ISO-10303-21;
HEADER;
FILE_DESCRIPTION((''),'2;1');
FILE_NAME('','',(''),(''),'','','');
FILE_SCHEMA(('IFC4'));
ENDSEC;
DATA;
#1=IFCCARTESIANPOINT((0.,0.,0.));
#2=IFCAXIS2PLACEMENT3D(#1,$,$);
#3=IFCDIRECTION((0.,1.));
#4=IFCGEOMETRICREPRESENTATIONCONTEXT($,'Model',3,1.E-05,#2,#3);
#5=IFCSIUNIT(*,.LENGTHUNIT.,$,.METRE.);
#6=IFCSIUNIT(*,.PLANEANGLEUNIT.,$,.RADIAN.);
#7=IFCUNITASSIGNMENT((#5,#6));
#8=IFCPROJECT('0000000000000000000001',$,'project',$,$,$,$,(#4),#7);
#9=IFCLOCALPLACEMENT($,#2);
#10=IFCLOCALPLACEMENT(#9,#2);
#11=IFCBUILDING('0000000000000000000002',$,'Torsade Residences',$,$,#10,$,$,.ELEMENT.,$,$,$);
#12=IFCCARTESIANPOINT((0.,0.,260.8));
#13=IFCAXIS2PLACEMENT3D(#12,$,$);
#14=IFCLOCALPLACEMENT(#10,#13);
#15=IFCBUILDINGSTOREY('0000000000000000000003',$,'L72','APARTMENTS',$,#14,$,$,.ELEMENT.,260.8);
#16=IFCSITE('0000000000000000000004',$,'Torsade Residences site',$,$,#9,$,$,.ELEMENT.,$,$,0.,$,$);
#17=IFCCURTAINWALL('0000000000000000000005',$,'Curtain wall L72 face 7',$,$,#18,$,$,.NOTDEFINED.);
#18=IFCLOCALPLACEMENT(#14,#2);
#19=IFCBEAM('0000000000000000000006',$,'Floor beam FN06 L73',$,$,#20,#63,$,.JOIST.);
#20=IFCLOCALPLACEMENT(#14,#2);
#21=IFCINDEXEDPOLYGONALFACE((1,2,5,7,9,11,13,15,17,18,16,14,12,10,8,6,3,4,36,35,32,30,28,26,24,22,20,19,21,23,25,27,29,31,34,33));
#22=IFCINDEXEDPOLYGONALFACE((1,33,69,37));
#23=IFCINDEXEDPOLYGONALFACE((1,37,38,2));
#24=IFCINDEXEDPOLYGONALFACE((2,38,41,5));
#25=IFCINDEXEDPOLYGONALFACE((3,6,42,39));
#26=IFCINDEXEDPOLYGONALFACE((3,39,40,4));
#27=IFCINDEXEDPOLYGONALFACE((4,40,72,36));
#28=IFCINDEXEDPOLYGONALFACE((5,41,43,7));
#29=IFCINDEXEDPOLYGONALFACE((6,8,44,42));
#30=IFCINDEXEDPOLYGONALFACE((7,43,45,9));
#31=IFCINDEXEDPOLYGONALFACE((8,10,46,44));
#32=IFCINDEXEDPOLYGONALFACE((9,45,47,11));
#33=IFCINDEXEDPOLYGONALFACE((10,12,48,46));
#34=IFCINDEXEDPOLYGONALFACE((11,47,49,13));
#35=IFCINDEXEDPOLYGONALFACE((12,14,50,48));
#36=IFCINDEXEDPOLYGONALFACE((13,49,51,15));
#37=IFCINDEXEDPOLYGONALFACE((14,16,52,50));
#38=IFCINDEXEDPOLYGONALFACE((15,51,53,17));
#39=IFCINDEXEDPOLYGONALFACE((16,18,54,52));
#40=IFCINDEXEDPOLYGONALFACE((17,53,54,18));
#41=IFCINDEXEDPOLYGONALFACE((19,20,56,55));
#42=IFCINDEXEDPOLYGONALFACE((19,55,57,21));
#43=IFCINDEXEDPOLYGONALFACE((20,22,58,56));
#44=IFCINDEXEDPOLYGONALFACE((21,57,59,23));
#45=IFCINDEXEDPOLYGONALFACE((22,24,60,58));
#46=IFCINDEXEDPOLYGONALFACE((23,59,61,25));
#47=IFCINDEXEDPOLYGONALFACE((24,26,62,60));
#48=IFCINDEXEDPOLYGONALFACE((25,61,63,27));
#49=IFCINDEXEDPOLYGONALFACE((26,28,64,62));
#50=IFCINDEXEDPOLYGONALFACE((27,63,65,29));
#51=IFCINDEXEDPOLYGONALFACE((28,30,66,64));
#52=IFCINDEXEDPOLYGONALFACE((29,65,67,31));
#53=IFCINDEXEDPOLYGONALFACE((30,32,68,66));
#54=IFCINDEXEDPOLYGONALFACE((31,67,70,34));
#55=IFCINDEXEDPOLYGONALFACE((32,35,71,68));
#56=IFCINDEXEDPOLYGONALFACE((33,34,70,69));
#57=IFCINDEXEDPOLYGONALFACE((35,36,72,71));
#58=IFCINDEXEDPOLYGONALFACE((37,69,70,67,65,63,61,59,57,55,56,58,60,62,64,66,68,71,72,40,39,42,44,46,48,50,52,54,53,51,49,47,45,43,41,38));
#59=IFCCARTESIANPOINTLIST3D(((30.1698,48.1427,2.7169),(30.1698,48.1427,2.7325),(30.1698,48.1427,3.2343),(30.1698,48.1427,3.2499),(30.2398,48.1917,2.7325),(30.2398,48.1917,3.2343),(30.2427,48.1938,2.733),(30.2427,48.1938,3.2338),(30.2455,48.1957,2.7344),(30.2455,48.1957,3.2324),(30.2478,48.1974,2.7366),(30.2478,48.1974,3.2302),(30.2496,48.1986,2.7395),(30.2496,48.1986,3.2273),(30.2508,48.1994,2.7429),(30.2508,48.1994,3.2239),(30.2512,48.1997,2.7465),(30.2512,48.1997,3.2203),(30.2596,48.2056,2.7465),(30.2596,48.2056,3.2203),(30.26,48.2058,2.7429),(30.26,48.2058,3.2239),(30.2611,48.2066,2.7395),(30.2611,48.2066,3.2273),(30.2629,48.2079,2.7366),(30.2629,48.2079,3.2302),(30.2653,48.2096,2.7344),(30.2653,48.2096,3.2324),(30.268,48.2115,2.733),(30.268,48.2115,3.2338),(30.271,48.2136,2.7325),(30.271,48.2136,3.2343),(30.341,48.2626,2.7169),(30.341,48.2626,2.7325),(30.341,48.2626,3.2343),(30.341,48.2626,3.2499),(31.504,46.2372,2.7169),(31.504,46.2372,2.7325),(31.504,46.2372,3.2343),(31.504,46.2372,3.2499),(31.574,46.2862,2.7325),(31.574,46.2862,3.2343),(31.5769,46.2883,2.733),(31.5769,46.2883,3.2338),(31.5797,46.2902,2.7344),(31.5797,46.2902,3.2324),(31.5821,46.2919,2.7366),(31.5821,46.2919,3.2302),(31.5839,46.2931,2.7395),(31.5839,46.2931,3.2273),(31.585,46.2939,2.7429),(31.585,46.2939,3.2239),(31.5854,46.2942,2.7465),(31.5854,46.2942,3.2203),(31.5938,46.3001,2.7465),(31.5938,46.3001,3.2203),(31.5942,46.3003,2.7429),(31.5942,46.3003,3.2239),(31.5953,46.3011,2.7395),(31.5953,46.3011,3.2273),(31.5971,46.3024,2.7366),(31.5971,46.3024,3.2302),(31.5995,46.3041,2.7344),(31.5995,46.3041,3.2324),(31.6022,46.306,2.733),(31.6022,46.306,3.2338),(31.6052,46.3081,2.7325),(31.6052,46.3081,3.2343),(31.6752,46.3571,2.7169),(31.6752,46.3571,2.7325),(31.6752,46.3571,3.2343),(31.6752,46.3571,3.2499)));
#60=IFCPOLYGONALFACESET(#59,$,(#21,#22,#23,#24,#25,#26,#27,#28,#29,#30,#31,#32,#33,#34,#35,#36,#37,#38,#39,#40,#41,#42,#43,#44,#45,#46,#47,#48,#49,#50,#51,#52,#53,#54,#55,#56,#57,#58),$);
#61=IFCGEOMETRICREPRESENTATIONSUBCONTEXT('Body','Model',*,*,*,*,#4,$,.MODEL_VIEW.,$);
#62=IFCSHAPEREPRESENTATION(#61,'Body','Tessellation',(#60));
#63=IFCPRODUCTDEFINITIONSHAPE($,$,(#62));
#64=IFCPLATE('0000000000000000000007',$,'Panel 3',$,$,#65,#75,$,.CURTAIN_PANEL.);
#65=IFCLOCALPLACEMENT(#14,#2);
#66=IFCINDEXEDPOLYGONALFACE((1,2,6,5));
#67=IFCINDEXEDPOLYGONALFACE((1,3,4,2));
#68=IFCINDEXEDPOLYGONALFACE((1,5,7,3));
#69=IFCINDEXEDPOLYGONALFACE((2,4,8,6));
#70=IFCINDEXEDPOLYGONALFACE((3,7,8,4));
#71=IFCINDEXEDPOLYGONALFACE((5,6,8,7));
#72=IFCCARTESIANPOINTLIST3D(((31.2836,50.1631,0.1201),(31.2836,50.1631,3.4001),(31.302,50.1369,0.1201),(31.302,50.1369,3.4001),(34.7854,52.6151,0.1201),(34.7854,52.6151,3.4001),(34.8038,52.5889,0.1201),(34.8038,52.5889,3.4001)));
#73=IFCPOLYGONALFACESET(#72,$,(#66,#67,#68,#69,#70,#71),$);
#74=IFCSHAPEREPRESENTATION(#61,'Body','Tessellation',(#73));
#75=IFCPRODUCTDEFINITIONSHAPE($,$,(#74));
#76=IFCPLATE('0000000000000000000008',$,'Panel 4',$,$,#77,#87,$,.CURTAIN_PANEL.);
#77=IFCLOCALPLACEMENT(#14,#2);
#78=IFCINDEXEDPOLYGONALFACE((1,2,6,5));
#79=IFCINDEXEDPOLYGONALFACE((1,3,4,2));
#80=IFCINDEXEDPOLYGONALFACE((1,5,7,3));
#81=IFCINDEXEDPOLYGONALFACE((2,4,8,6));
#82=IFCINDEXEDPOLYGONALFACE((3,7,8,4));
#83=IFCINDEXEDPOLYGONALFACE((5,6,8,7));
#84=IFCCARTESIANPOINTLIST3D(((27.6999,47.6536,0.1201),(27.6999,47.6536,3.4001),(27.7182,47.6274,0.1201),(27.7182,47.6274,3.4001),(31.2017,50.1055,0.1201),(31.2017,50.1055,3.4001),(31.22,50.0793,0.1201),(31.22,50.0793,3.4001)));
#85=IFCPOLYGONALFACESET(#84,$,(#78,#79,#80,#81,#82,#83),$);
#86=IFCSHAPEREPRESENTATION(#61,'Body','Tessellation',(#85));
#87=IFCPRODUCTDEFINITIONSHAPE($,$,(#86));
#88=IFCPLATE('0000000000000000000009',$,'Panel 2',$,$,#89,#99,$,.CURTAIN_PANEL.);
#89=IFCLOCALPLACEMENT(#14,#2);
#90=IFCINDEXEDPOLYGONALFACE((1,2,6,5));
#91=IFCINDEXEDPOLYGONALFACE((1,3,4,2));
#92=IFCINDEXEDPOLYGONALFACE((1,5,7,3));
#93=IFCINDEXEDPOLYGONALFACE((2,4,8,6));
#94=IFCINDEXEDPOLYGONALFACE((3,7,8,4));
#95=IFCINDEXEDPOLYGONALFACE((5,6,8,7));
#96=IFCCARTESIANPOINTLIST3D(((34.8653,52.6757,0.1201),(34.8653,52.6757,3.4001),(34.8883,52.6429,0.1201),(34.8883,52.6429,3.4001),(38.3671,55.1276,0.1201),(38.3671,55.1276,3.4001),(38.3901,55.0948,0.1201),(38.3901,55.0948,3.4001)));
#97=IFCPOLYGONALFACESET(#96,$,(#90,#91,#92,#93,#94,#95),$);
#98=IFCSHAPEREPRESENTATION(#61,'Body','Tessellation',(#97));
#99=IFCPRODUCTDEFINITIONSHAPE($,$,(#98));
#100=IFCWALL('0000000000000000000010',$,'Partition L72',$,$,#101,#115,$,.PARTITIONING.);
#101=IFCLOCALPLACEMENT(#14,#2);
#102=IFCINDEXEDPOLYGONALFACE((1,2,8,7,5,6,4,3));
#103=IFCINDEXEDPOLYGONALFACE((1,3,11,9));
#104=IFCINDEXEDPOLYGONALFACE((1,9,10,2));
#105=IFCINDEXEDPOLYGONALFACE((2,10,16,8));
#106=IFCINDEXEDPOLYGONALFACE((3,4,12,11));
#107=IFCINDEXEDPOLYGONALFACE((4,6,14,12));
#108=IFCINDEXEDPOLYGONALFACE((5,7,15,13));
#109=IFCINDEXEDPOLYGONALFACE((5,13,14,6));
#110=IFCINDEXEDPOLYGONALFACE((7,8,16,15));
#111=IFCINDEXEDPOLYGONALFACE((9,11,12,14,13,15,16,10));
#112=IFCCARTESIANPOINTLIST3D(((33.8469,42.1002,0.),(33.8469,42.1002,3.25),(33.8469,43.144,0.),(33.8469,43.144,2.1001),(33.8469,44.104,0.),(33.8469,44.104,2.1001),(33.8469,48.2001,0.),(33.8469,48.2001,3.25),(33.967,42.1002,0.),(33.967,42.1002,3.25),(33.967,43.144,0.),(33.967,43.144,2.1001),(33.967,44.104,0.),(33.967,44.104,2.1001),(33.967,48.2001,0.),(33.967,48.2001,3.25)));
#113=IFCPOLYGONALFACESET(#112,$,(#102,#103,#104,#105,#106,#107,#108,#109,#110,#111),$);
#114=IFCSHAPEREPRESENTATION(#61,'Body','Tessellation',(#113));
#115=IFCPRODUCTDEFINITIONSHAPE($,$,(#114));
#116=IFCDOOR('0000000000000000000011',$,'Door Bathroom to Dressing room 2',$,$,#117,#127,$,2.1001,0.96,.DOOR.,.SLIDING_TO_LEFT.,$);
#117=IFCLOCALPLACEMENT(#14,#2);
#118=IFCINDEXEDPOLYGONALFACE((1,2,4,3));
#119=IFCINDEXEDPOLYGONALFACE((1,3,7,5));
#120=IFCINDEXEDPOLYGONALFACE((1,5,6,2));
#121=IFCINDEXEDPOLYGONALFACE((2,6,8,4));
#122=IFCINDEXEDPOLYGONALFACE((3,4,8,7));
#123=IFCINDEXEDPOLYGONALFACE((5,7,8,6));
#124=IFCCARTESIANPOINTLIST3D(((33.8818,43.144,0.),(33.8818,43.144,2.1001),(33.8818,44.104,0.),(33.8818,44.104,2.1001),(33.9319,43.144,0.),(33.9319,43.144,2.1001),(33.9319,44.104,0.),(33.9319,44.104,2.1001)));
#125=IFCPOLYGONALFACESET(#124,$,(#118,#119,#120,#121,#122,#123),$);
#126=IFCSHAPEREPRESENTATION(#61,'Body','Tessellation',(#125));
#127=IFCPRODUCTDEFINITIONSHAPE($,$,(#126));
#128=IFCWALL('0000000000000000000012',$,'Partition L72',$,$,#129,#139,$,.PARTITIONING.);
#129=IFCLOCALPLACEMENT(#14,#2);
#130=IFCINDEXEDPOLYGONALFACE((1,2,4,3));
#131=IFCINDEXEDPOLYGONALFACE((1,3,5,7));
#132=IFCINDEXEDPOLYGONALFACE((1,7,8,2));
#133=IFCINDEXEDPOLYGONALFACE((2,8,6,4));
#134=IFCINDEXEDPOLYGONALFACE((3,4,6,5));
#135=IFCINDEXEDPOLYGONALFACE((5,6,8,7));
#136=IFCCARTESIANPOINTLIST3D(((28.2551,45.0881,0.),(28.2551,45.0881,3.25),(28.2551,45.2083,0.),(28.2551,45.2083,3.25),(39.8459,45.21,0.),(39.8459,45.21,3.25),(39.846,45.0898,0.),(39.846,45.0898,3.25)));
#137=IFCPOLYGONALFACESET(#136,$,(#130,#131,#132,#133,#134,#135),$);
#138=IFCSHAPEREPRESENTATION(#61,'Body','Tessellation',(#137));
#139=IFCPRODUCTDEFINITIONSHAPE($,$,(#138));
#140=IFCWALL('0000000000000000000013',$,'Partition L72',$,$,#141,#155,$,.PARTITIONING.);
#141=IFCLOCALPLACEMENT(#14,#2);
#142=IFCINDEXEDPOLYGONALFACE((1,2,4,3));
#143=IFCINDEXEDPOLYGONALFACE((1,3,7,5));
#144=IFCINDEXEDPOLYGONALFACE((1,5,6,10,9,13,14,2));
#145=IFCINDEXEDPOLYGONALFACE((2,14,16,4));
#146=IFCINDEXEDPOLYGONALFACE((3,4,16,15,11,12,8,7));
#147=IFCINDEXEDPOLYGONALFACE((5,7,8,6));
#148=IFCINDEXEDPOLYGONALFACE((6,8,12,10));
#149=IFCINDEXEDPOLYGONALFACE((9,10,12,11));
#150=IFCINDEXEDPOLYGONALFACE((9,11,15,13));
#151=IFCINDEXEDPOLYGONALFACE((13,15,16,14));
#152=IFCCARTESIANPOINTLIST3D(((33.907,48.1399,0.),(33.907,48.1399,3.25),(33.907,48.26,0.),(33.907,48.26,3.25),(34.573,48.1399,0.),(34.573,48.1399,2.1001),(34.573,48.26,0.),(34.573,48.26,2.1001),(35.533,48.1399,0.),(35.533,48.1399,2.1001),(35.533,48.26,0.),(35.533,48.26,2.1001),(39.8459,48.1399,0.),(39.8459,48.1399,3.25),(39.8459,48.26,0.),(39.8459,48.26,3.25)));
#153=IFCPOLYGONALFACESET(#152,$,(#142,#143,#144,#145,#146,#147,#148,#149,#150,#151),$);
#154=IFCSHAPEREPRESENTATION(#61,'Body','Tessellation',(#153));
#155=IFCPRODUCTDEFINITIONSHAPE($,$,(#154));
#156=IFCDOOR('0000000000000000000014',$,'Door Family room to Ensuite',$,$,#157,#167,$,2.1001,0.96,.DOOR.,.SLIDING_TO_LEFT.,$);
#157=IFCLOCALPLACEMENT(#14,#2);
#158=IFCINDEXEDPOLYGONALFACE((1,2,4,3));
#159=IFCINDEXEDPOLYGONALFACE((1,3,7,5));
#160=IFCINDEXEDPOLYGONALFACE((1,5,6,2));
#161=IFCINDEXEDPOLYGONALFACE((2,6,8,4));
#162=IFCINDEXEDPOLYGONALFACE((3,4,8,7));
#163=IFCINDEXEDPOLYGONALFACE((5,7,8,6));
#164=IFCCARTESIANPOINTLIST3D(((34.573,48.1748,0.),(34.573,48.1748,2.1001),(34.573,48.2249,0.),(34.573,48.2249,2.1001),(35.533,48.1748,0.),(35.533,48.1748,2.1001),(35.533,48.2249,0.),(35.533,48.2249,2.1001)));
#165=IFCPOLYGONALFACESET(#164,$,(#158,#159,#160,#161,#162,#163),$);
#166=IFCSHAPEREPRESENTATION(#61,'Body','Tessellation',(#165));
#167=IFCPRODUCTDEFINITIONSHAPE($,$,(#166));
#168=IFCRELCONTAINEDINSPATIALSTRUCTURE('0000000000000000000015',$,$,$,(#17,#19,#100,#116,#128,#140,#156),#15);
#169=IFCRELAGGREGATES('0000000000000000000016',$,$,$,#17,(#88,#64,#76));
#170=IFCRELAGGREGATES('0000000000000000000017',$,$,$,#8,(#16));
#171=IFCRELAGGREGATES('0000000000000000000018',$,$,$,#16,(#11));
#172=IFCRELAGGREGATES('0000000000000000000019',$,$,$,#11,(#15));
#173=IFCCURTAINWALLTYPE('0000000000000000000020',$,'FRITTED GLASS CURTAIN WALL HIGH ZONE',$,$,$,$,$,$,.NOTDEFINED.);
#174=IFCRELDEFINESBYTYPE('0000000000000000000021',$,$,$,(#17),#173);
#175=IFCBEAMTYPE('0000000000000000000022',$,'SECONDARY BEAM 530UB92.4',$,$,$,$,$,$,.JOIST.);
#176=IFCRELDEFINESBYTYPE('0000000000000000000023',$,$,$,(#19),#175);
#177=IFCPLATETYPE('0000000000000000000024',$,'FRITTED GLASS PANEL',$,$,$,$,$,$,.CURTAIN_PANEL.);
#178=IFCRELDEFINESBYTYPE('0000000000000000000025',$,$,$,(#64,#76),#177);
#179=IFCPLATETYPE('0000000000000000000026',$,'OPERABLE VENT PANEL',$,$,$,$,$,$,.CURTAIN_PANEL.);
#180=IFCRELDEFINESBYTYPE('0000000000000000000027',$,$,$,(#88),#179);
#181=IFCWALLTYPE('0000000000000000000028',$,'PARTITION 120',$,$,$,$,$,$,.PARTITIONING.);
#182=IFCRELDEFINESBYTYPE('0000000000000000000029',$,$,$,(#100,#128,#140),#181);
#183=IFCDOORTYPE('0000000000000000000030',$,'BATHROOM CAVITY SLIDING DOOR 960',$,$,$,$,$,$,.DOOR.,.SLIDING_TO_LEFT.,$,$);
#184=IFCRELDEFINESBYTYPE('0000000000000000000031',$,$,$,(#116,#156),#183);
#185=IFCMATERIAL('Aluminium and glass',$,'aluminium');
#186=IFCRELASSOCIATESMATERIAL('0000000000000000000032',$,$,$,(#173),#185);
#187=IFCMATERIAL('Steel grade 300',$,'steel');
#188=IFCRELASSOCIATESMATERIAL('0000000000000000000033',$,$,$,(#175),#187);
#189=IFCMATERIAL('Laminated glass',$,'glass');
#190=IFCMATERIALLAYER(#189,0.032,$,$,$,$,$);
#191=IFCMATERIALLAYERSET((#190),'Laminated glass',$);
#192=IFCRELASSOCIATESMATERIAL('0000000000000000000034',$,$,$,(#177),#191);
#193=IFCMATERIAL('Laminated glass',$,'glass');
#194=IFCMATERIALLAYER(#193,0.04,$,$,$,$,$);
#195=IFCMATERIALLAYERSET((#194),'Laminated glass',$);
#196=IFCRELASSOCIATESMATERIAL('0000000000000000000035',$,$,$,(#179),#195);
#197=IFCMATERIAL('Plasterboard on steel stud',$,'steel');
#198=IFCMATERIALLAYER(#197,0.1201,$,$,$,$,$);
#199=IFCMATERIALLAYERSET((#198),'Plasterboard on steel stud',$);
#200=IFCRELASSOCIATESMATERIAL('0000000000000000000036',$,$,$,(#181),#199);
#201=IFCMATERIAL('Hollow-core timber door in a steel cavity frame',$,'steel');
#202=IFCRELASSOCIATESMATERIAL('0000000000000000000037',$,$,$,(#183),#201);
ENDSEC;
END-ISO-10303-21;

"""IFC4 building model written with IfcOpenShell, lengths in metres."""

from ifc_helpers import new_model, si_unit, direction, frame, frame_2d, origin, origin_2d, place, context, subcontext, project, spatial, rectangle, i_section, extrude, material, layer, layer_set, material_profile, profile_set, type_object, element, fill, aggregate, save


model = new_model("IFC4")

# Units and contexts
model_context = context("Model", 3, precision=1e-05, world=origin(), true_north=direction((0.0, 1.0)))
body_context = subcontext(model_context, "Body", "Model", "MODEL_VIEW")
ifc_project = project(units=[si_unit("LENGTHUNIT", "METRE"), si_unit("PLANEANGLEUNIT", "RADIAN")], contexts=[model_context])

# Site, building, storey
site_placement = place(None, origin())
site = spatial("IfcSite", under=ifc_project, at=site_placement, Name="Torsade Residences site", CompositionType="ELEMENT", RefElevation=0.0)
building_placement = place(site_placement, origin())
building = spatial("IfcBuilding", under=site, at=building_placement, Name="Torsade Residences", CompositionType="ELEMENT")
storey_placement = place(building_placement, frame((0.0, 0.0, 260.8)))
storey = spatial("IfcBuildingStorey", under=building, at=storey_placement, Name="L72", Description="APARTMENTS", CompositionType="ELEMENT", Elevation=260.8)

# Curtain wall
ifc_material_1 = material(Name="Aluminium and glass", Category="aluminium")
curtain_wall_type = type_object("IfcCurtainWallType", Name="FRITTED GLASS CURTAIN WALL HIGH ZONE", PredefinedType="NOTDEFINED", material=ifc_material_1)
curtain_wall_placement = place(storey_placement, origin())
curtain_wall = element("IfcCurtainWall", 1, at=curtain_wall_placement, inside=storey, type_object=curtain_wall_type, Name="Curtain wall L72 face 7", PredefinedType="NOTDEFINED")

# Beam
ifc_material_2 = material(Name="Steel grade 300", Category="steel")
ifc_material_profile_1 = material_profile(ifc_material_2, i_section(OverallWidth=0.209, OverallDepth=0.533, WebThickness=0.0103, FlangeThickness=0.0156, FilletRadius=0.0139, at=origin_2d()), Name="530UB92.4")
ifc_profile_set_1 = profile_set([ifc_material_profile_1], Name="Steel grade 300")
beam_type_1 = type_object("IfcBeamType", Name="SECONDARY BEAM 530UB92.4", PredefinedType="JOIST", material=ifc_profile_set_1)
beam_1_placement = place(storey_placement, frame((30.2554, 48.2026, 2.9834), z_axis=(0.573568, -0.819158, 0.0), x_axis=(0.819158, 0.573568, 0.0)))
element("IfcBeam", 2, at=beam_1_placement, inside=storey, type_object=beam_type_1, Name="Floor beam FN06 L73", PredefinedType="JOIST", context=body_context, shape_type="SweptSolid", body=[
    extrude(i_section(OverallWidth=0.209, OverallDepth=0.533, WebThickness=0.0103, FlangeThickness=0.0156, FilletRadius=0.0139, at=origin_2d()), origin(), (0.0, 0.0, 1.0), 2.3262),
])

# Plates
ifc_material_3 = material(Name="Laminated glass", Category="glass")
ifc_layer_1 = layer(ifc_material_3, 0.032)
ifc_layer_set_1 = layer_set([ifc_layer_1], Name="Laminated glass")
plate_type_1 = type_object("IfcPlateType", Name="FRITTED GLASS PANEL", PredefinedType="CURTAIN_PANEL", material=ifc_layer_set_1)
plate_1_placement = place(storey_placement, frame((33.0437, 51.376, 0.1201), z_axis=(0.0, 0.0, 1.0), x_axis=(-0.819152, -0.573576, 0.0)))
plate_1 = element("IfcPlate", 3, at=plate_1_placement, type_object=plate_type_1, Name="Panel 3", PredefinedType="CURTAIN_PANEL", context=body_context, shape_type="SweptSolid", body=[
    extrude(rectangle(XDim=4.2749, YDim=0.032, at=origin_2d()), origin(), (0.0, 0.0, 1.0), 3.28),
])
plate_2_placement = place(storey_placement, frame((29.46, 48.8665, 0.1201), z_axis=(0.0, 0.0, 1.0), x_axis=(-0.819152, -0.573576, 0.0)))
plate_2 = element("IfcPlate", 4, at=plate_2_placement, type_object=plate_type_1, Name="Panel 4", PredefinedType="CURTAIN_PANEL", context=body_context, shape_type="SweptSolid", body=[
    extrude(rectangle(XDim=4.2749, YDim=0.032, at=origin_2d()), origin(), (0.0, 0.0, 1.0), 3.28),
])
ifc_material_4 = material(Name="Laminated glass", Category="glass")
ifc_layer_2 = layer(ifc_material_4, 0.04)
ifc_layer_set_2 = layer_set([ifc_layer_2], Name="Laminated glass")
plate_type_2 = type_object("IfcPlateType", Name="OPERABLE VENT PANEL", PredefinedType="CURTAIN_PANEL", material=ifc_layer_set_2)
plate_3_placement = place(storey_placement, frame((36.6277, 53.8853, 0.1201), z_axis=(0.0, 0.0, 1.0), x_axis=(-0.819152, -0.573576, 0.0)))
plate_3 = element("IfcPlate", 5, at=plate_3_placement, type_object=plate_type_2, Name="Panel 2", PredefinedType="CURTAIN_PANEL", context=body_context, shape_type="SweptSolid", body=[
    extrude(rectangle(XDim=4.2749, YDim=0.04, at=origin_2d()), origin(), (0.0, 0.0, 1.0), 3.28),
])
aggregate(curtain_wall, [plate_3, plate_1, plate_2])

# Wall, opening, door
ifc_material_5 = material(Name="Plasterboard on steel stud", Category="steel")
ifc_layer_3 = layer(ifc_material_5, 0.1201)
ifc_layer_set_3 = layer_set([ifc_layer_3], Name="Plasterboard on steel stud")
wall_type = type_object("IfcWallType", Name="PARTITION 120", PredefinedType="PARTITIONING", material=ifc_layer_set_3)
wall_1_placement = place(storey_placement, frame((33.907, 48.2, 0.0), z_axis=(0.0, 0.0, 1.0), x_axis=(0.0, -1.0, 0.0)))
wall_1 = element("IfcWall", 6, at=wall_1_placement, inside=storey, type_object=wall_type, Name="Partition L72", PredefinedType="PARTITIONING", context=body_context, shape_type="SweptSolid", body=[
    extrude(rectangle(XDim=6.0999, YDim=0.1201, at=frame_2d((3.0498, 0.0))), origin(), (0.0, 0.0, 1.0), 3.25),
])
opening_1_placement = place(wall_1_placement, frame((4.0959, 0.0, 0.0)))
opening_1 = element("IfcOpeningElement", 7, at=opening_1_placement, cuts=wall_1, PredefinedType="OPENING", context=body_context, shape_type="SweptSolid", body=[
    extrude(rectangle(XDim=0.96, YDim=2.1001, at=frame_2d((0.48, 1.05))), frame((0.0, 0.0701, 0.0), z_axis=(0.0, -1.0, 0.0), x_axis=(1.0, 0.0, 0.0)), (0.0, 0.0, 1.0), 0.1401),
])
ifc_material_6 = material(Name="Hollow-core timber door in a steel cavity frame", Category="steel")
door_type_1 = type_object("IfcDoorType", Name="BATHROOM CAVITY SLIDING DOOR 960", OperationType="SLIDING_TO_LEFT", PredefinedType="DOOR", material=ifc_material_6)
door_1_placement = place(opening_1_placement, origin())
door_1 = element("IfcDoor", 8, at=door_1_placement, inside=storey, type_object=door_type_1, Name="Door Bathroom to Dressing room 2", OperationType="SLIDING_TO_LEFT", OverallHeight=2.1001, OverallWidth=0.96, PredefinedType="DOOR", context=body_context, shape_type="SweptSolid", body=[
    extrude(rectangle(XDim=0.96, YDim=2.1001, at=frame_2d((0.48, 1.05))), frame((0.0, 0.0249, 0.0), z_axis=(0.0, -1.0, 0.0), x_axis=(1.0, 0.0, 0.0)), (0.0, 0.0, 1.0), 0.05),
])
fill(opening_1, door_1)

# Wall
wall_2_placement = place(storey_placement, frame((28.2551, 45.1482, 0.0), z_axis=(0.0, 0.0, 1.0), x_axis=(1.0, 0.000147, 0.0)))
element("IfcWall", 9, at=wall_2_placement, inside=storey, type_object=wall_type, Name="Partition L72", PredefinedType="PARTITIONING", context=body_context, shape_type="SweptSolid", body=[
    extrude(rectangle(XDim=11.5908, YDim=0.1201, at=frame_2d((5.7954, 0.0))), origin(), (0.0, 0.0, 1.0), 3.25),
])

# Wall, opening, door
wall_3_placement = place(storey_placement, frame((33.907, 48.2, 0.0), z_axis=(0.0, 0.0, 1.0), x_axis=(1.0, 0.0, 0.0)))
wall_3 = element("IfcWall", 10, at=wall_3_placement, inside=storey, type_object=wall_type, Name="Partition L72", PredefinedType="PARTITIONING", context=body_context, shape_type="SweptSolid", body=[
    extrude(rectangle(XDim=5.939, YDim=0.1201, at=frame_2d((2.9695, 0.0))), origin(), (0.0, 0.0, 1.0), 3.25),
])
opening_2_placement = place(wall_3_placement, frame((0.666, 0.0, 0.0)))
opening_2 = element("IfcOpeningElement", 11, at=opening_2_placement, cuts=wall_3, PredefinedType="OPENING", context=body_context, shape_type="SweptSolid", body=[
    extrude(rectangle(XDim=0.96, YDim=2.1001, at=frame_2d((0.48, 1.05))), frame((0.0, 0.0701, 0.0), z_axis=(0.0, -1.0, 0.0), x_axis=(1.0, 0.0, 0.0)), (0.0, 0.0, 1.0), 0.1401),
])
door_2_placement = place(opening_2_placement, origin())
door_2 = element("IfcDoor", 12, at=door_2_placement, inside=storey, type_object=door_type_1, Name="Door Family room to Ensuite", OperationType="SLIDING_TO_LEFT", OverallHeight=2.1001, OverallWidth=0.96, PredefinedType="DOOR", context=body_context, shape_type="SweptSolid", body=[
    extrude(rectangle(XDim=0.96, YDim=2.1001, at=frame_2d((0.48, 1.05))), frame((0.0, 0.0249, 0.0), z_axis=(0.0, -1.0, 0.0), x_axis=(1.0, 0.0, 0.0)), (0.0, 0.0, 1.0), 0.05),
])
fill(opening_2, door_2)

save(model, "model.ifc")
